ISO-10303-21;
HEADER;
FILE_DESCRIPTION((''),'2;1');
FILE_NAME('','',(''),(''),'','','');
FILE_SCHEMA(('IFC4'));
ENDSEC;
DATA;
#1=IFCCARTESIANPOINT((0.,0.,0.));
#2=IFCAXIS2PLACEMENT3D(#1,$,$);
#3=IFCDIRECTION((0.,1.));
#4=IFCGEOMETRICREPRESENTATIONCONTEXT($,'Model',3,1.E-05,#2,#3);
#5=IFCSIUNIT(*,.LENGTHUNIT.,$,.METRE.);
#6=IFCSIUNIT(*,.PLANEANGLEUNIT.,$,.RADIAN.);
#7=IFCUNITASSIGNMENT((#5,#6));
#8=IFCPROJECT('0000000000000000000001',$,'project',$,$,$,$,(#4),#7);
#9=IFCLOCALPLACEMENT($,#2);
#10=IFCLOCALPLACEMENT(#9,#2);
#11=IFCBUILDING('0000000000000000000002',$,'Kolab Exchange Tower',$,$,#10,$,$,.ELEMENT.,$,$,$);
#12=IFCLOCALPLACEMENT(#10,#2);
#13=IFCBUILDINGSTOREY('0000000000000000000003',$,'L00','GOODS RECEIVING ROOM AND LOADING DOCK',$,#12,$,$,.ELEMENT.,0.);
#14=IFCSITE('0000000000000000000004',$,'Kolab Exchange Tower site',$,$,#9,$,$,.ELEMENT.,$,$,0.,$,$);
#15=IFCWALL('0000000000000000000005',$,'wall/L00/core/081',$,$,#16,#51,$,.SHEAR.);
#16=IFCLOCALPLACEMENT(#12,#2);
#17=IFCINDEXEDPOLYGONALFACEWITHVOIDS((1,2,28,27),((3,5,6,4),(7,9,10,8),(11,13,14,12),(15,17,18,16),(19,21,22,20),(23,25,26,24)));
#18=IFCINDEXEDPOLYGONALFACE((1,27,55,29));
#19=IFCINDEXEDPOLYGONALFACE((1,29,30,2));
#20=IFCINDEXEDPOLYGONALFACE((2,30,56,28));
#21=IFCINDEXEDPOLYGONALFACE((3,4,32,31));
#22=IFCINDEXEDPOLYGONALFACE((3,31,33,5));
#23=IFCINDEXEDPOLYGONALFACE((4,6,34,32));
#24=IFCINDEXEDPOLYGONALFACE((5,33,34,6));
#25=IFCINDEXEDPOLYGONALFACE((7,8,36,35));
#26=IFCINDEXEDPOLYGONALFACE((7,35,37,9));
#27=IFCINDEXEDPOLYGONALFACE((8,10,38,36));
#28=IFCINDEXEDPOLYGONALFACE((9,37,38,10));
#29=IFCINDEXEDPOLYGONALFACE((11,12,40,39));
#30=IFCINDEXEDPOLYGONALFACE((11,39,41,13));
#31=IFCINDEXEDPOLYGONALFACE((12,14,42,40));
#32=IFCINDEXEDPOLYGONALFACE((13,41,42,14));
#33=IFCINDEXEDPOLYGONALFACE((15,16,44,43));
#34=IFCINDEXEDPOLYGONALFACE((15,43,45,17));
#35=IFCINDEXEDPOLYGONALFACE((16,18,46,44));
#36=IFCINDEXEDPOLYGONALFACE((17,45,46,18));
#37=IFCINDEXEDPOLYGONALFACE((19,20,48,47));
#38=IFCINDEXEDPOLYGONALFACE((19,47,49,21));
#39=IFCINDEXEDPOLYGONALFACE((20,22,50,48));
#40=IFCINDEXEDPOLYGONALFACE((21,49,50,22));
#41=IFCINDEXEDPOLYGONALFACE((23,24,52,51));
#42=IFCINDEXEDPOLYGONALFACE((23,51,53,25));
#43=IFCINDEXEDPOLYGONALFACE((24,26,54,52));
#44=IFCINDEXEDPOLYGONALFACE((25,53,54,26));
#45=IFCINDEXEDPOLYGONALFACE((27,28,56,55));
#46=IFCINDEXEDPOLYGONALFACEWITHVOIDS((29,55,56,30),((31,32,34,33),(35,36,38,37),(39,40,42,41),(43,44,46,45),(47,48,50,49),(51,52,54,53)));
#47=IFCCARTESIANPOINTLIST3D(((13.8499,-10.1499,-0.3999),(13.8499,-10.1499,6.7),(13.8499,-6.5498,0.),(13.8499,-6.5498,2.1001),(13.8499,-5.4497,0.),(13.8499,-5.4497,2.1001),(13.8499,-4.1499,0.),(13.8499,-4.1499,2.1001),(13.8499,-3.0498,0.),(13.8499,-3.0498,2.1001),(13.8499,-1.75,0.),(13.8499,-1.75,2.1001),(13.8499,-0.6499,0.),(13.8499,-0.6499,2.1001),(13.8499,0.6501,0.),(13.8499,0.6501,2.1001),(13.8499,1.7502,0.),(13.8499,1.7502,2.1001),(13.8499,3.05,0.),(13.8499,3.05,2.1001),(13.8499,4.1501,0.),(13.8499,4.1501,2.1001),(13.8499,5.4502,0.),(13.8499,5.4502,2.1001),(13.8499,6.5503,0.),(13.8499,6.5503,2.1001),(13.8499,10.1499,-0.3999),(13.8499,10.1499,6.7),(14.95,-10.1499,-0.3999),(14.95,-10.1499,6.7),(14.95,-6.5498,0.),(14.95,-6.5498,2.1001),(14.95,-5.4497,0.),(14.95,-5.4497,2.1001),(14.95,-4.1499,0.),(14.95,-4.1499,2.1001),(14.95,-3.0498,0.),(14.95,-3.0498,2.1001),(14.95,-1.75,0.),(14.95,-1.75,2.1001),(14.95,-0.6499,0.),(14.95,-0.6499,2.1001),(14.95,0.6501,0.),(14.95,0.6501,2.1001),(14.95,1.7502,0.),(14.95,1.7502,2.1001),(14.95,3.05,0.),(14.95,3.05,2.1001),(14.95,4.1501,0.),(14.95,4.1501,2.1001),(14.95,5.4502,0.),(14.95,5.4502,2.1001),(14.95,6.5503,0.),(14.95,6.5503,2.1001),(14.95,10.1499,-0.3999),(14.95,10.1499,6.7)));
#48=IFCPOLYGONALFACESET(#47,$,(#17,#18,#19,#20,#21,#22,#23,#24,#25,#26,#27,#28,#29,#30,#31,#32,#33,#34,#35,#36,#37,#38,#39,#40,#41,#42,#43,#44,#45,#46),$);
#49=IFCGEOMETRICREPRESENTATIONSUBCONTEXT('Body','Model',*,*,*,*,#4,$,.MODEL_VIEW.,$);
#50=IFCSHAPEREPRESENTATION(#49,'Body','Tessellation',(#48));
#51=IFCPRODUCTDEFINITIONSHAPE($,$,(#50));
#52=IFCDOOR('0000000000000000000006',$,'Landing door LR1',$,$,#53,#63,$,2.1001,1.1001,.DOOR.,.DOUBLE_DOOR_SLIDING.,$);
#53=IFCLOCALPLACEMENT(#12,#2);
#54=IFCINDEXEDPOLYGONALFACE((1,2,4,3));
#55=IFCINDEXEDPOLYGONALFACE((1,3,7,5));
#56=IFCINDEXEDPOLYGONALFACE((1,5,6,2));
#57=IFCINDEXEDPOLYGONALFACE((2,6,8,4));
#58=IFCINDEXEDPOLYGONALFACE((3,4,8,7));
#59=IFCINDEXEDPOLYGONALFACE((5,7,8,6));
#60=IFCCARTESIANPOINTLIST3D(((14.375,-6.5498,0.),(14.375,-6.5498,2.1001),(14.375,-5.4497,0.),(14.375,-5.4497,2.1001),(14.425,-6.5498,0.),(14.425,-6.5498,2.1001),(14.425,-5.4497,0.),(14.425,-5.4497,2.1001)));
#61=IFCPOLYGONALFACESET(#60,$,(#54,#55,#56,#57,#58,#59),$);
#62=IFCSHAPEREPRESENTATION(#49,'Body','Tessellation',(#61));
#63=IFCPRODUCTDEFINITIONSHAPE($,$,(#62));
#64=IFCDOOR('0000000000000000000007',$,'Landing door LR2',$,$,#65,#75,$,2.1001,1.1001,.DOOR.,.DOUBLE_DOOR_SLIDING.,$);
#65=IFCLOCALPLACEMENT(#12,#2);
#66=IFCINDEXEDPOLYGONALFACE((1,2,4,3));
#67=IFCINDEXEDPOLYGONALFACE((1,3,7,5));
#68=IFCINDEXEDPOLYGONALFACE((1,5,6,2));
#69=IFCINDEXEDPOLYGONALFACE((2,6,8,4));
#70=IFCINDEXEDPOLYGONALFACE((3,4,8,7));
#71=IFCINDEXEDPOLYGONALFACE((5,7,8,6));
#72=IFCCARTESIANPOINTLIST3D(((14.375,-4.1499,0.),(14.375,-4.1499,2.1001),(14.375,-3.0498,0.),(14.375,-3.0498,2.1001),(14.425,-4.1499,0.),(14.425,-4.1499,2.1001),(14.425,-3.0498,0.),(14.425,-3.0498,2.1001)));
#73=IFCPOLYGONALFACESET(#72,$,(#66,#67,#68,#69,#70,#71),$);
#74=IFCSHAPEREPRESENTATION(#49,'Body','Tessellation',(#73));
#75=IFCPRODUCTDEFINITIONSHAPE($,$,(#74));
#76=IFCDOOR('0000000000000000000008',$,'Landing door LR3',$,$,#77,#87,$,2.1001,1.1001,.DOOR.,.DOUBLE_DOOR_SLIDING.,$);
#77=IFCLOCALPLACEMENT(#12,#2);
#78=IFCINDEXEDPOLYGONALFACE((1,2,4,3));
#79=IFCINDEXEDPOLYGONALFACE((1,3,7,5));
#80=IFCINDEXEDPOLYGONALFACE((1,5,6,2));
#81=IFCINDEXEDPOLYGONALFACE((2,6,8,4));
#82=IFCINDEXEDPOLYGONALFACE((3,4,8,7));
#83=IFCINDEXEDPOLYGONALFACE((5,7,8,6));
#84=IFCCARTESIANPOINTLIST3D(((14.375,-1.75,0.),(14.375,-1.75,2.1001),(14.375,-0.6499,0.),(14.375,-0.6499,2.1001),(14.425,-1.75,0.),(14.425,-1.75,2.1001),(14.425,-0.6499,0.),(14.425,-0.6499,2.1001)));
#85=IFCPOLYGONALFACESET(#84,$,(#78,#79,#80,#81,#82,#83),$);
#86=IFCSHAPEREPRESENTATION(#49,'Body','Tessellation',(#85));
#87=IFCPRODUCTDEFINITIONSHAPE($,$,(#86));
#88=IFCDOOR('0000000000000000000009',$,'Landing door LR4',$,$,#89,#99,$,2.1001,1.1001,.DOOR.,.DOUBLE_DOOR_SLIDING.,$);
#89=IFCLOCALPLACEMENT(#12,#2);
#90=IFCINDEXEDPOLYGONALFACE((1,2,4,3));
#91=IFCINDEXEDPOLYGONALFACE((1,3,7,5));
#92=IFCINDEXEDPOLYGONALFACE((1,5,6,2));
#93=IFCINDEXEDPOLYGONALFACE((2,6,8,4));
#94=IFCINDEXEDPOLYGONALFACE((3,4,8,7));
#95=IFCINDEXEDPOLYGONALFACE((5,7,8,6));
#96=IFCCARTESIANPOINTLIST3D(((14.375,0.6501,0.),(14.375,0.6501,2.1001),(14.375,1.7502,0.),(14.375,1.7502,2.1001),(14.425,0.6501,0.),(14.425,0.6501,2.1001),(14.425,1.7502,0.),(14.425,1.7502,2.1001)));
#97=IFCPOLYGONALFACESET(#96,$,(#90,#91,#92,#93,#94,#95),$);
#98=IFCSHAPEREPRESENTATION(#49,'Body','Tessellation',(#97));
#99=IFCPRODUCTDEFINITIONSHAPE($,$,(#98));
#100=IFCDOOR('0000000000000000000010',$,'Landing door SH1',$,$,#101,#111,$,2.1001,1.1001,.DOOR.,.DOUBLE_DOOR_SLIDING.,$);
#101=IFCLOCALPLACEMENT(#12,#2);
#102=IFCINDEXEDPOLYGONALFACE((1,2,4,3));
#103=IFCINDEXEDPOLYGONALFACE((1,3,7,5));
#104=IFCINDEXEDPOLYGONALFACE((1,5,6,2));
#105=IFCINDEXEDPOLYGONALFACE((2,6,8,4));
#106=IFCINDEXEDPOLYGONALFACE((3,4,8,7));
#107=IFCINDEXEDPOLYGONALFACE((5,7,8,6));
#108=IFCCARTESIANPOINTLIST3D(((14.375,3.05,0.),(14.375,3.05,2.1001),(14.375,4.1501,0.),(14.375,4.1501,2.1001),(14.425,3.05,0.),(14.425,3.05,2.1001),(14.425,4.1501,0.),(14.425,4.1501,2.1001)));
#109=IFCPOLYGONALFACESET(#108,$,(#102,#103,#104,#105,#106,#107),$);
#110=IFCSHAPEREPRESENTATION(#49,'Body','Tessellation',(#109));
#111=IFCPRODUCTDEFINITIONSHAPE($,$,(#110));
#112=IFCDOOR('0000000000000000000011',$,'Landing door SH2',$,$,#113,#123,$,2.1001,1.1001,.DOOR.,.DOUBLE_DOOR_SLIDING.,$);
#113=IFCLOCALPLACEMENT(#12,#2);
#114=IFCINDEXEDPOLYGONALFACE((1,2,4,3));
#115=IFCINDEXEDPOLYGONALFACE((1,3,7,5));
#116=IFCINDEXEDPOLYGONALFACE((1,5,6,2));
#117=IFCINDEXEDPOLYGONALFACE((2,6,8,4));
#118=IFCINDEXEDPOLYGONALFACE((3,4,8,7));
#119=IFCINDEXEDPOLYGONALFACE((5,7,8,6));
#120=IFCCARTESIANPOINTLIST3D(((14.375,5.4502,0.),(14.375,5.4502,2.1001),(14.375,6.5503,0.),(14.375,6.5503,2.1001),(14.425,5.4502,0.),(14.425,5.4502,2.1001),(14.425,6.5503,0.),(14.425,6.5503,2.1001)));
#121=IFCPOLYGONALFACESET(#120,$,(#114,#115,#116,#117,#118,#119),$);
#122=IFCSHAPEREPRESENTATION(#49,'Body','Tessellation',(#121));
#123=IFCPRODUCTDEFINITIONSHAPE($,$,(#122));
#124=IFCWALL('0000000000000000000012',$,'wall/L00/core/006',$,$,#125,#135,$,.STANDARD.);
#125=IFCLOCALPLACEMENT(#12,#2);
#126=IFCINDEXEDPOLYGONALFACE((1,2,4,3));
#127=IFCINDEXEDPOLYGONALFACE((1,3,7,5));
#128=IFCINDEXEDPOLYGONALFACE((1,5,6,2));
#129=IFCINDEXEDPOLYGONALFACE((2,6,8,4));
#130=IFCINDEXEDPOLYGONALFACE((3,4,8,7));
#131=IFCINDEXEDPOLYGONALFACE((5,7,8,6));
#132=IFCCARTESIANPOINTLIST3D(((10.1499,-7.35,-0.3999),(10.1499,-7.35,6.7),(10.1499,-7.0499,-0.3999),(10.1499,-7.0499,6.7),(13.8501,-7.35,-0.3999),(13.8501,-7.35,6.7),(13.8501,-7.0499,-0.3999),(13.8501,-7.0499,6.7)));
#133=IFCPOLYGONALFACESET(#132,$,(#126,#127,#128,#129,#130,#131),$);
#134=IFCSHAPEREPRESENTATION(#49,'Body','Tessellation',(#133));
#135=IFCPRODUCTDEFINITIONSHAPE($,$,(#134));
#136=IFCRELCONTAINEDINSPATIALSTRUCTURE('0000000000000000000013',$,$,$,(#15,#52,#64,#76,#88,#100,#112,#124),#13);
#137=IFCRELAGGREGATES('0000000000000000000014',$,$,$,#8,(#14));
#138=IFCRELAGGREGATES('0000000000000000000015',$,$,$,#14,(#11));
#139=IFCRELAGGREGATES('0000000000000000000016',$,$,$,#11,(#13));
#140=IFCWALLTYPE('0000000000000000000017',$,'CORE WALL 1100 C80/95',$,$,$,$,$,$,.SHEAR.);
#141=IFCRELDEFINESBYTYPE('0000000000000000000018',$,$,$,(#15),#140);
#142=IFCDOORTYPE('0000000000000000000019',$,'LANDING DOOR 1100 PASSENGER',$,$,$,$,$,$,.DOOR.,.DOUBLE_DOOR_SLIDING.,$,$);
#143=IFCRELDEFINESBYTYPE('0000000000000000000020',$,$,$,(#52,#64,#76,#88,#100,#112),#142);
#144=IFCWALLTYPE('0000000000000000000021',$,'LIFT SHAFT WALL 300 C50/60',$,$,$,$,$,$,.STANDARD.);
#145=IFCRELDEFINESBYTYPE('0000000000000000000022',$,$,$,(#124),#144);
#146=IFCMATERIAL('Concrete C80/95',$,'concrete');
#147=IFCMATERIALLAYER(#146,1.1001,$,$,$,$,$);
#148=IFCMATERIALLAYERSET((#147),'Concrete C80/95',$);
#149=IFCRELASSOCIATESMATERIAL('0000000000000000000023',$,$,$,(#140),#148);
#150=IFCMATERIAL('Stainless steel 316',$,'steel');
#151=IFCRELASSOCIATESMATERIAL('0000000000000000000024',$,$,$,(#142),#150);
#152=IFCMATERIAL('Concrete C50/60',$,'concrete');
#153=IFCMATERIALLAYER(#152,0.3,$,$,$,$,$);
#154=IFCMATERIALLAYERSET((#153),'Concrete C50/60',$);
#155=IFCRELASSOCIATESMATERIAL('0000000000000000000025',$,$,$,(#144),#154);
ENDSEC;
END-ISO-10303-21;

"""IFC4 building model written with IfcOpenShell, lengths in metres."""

from ifc_helpers import new_model, si_unit, direction, frame, frame_2d, origin, place, context, subcontext, project, spatial, rectangle, extrude, material, layer, layer_set, type_object, element, fill, save


model = new_model("IFC4")

# Units and contexts
model_context = context("Model", 3, precision=1e-05, world=origin(), true_north=direction((0.0, 1.0)))
body_context = subcontext(model_context, "Body", "Model", "MODEL_VIEW")
ifc_project = project(units=[si_unit("LENGTHUNIT", "METRE"), si_unit("PLANEANGLEUNIT", "RADIAN")], contexts=[model_context])

# Site, building, storey
site_placement = place(None, origin())
site = spatial("IfcSite", under=ifc_project, at=site_placement, Name="Kolab Exchange Tower site", CompositionType="ELEMENT", RefElevation=0.0)
building_placement = place(site_placement, origin())
building = spatial("IfcBuilding", under=site, at=building_placement, Name="Kolab Exchange Tower", CompositionType="ELEMENT")
storey_placement = place(building_placement, origin())
storey = spatial("IfcBuildingStorey", under=building, at=storey_placement, Name="L00", Description="GOODS RECEIVING ROOM AND LOADING DOCK", CompositionType="ELEMENT", Elevation=0.0)

# Shared definitions
ifc_material_1 = material(Name="Concrete C80/95", Category="concrete")
ifc_layer_1 = layer(ifc_material_1, 1.1001)
ifc_layer_set_1 = layer_set([ifc_layer_1], Name="Concrete C80/95")
wall_type_1 = type_object("IfcWallType", Name="CORE WALL 1100 C80/95", PredefinedType="SHEAR", material=ifc_layer_set_1)

# Wall, openings, doors
wall_1_placement = place(storey_placement, frame((14.3999, -10.1499, -0.3999), z_axis=(0.0, 0.0, 1.0), x_axis=(0.0, 1.0, 0.0)))
wall_1 = element("IfcWall", 1, at=wall_1_placement, inside=storey, type_object=wall_type_1, Name="wall/L00/core/081", PredefinedType="SHEAR", context=body_context, shape_type="SweptSolid", body=[
    extrude(rectangle(XDim=20.2998, YDim=1.1001, at=frame_2d((10.1499, 0.0))), origin(), (0.0, 0.0, 1.0), 7.0999),
])
opening_1_placement = place(wall_1_placement, frame((3.6001, 0.0, 0.3999)))
opening_1 = element("IfcOpeningElement", 2, at=opening_1_placement, cuts=wall_1, PredefinedType="OPENING", context=body_context, shape_type="SweptSolid", body=[
    extrude(rectangle(XDim=1.1001, YDim=2.1001, at=frame_2d((0.55, 1.05))), frame((0.0, 0.5601, 0.0), z_axis=(0.0, -1.0, 0.0), x_axis=(1.0, 0.0, 0.0)), (0.0, 0.0, 1.0), 1.1201),
])
opening_2_placement = place(wall_1_placement, frame((6.0, 0.0, 0.3999)))
opening_2 = element("IfcOpeningElement", 3, at=opening_2_placement, cuts=wall_1, PredefinedType="OPENING", context=body_context, shape_type="SweptSolid", body=[
    extrude(rectangle(XDim=1.1001, YDim=2.1001, at=frame_2d((0.55, 1.05))), frame((0.0, 0.5601, 0.0), z_axis=(0.0, -1.0, 0.0), x_axis=(1.0, 0.0, 0.0)), (0.0, 0.0, 1.0), 1.1201),
])
opening_3_placement = place(wall_1_placement, frame((8.3999, 0.0, 0.3999)))
opening_3 = element("IfcOpeningElement", 4, at=opening_3_placement, cuts=wall_1, PredefinedType="OPENING", context=body_context, shape_type="SweptSolid", body=[
    extrude(rectangle(XDim=1.1001, YDim=2.1001, at=frame_2d((0.55, 1.05))), frame((0.0, 0.5601, 0.0), z_axis=(0.0, -1.0, 0.0), x_axis=(1.0, 0.0, 0.0)), (0.0, 0.0, 1.0), 1.1201),
])
opening_4_placement = place(wall_1_placement, frame((10.8, 0.0, 0.3999)))
opening_4 = element("IfcOpeningElement", 5, at=opening_4_placement, cuts=wall_1, PredefinedType="OPENING", context=body_context, shape_type="SweptSolid", body=[
    extrude(rectangle(XDim=1.1001, YDim=2.1001, at=frame_2d((0.55, 1.05))), frame((0.0, 0.5601, 0.0), z_axis=(0.0, -1.0, 0.0), x_axis=(1.0, 0.0, 0.0)), (0.0, 0.0, 1.0), 1.1201),
])
opening_5_placement = place(wall_1_placement, frame((13.2, 0.0, 0.3999)))
opening_5 = element("IfcOpeningElement", 6, at=opening_5_placement, cuts=wall_1, PredefinedType="OPENING", context=body_context, shape_type="SweptSolid", body=[
    extrude(rectangle(XDim=1.1001, YDim=2.1001, at=frame_2d((0.55, 1.05))), frame((0.0, 0.5601, 0.0), z_axis=(0.0, -1.0, 0.0), x_axis=(1.0, 0.0, 0.0)), (0.0, 0.0, 1.0), 1.1201),
])
opening_6_placement = place(wall_1_placement, frame((15.6001, 0.0, 0.3999)))
opening_6 = element("IfcOpeningElement", 7, at=opening_6_placement, cuts=wall_1, PredefinedType="OPENING", context=body_context, shape_type="SweptSolid", body=[
    extrude(rectangle(XDim=1.1001, YDim=2.1001, at=frame_2d((0.55, 1.05))), frame((0.0, 0.5601, 0.0), z_axis=(0.0, -1.0, 0.0), x_axis=(1.0, 0.0, 0.0)), (0.0, 0.0, 1.0), 1.1201),
])
ifc_material_2 = material(Name="Stainless steel 316", Category="steel")
door_type_1 = type_object("IfcDoorType", Name="LANDING DOOR 1100 PASSENGER", OperationType="DOUBLE_DOOR_SLIDING", PredefinedType="DOOR", material=ifc_material_2)
door_1_placement = place(opening_1_placement, origin())
door_1 = element("IfcDoor", 8, at=door_1_placement, inside=storey, type_object=door_type_1, Name="Landing door LR1", OperationType="DOUBLE_DOOR_SLIDING", OverallHeight=2.1001, OverallWidth=1.1001, PredefinedType="DOOR", context=body_context, shape_type="SweptSolid", body=[
    extrude(rectangle(XDim=1.1001, YDim=2.1001, at=frame_2d((0.55, 1.05))), frame((0.0, 0.0249, 0.0), z_axis=(0.0, -1.0, 0.0), x_axis=(1.0, 0.0, 0.0)), (0.0, 0.0, 1.0), 0.05),
])
fill(opening_1, door_1)
door_2_placement = place(opening_2_placement, origin())
door_2 = element("IfcDoor", 9, at=door_2_placement, inside=storey, type_object=door_type_1, Name="Landing door LR2", OperationType="DOUBLE_DOOR_SLIDING", OverallHeight=2.1001, OverallWidth=1.1001, PredefinedType="DOOR", context=body_context, shape_type="SweptSolid", body=[
    extrude(rectangle(XDim=1.1001, YDim=2.1001, at=frame_2d((0.55, 1.05))), frame((0.0, 0.0249, 0.0), z_axis=(0.0, -1.0, 0.0), x_axis=(1.0, 0.0, 0.0)), (0.0, 0.0, 1.0), 0.05),
])
fill(opening_2, door_2)
door_3_placement = place(opening_3_placement, origin())
door_3 = element("IfcDoor", 10, at=door_3_placement, inside=storey, type_object=door_type_1, Name="Landing door LR3", OperationType="DOUBLE_DOOR_SLIDING", OverallHeight=2.1001, OverallWidth=1.1001, PredefinedType="DOOR", context=body_context, shape_type="SweptSolid", body=[
    extrude(rectangle(XDim=1.1001, YDim=2.1001, at=frame_2d((0.55, 1.05))), frame((0.0, 0.0249, 0.0), z_axis=(0.0, -1.0, 0.0), x_axis=(1.0, 0.0, 0.0)), (0.0, 0.0, 1.0), 0.05),
])
fill(opening_3, door_3)
door_4_placement = place(opening_4_placement, origin())
door_4 = element("IfcDoor", 11, at=door_4_placement, inside=storey, type_object=door_type_1, Name="Landing door LR4", OperationType="DOUBLE_DOOR_SLIDING", OverallHeight=2.1001, OverallWidth=1.1001, PredefinedType="DOOR", context=body_context, shape_type="SweptSolid", body=[
    extrude(rectangle(XDim=1.1001, YDim=2.1001, at=frame_2d((0.55, 1.05))), frame((0.0, 0.0249, 0.0), z_axis=(0.0, -1.0, 0.0), x_axis=(1.0, 0.0, 0.0)), (0.0, 0.0, 1.0), 0.05),
])
fill(opening_4, door_4)
door_5_placement = place(opening_5_placement, origin())
door_5 = element("IfcDoor", 12, at=door_5_placement, inside=storey, type_object=door_type_1, Name="Landing door SH1", OperationType="DOUBLE_DOOR_SLIDING", OverallHeight=2.1001, OverallWidth=1.1001, PredefinedType="DOOR", context=body_context, shape_type="SweptSolid", body=[
    extrude(rectangle(XDim=1.1001, YDim=2.1001, at=frame_2d((0.55, 1.05))), frame((0.0, 0.0249, 0.0), z_axis=(0.0, -1.0, 0.0), x_axis=(1.0, 0.0, 0.0)), (0.0, 0.0, 1.0), 0.05),
])
fill(opening_5, door_5)
door_6_placement = place(opening_6_placement, origin())
door_6 = element("IfcDoor", 13, at=door_6_placement, inside=storey, type_object=door_type_1, Name="Landing door SH2", OperationType="DOUBLE_DOOR_SLIDING", OverallHeight=2.1001, OverallWidth=1.1001, PredefinedType="DOOR", context=body_context, shape_type="SweptSolid", body=[
    extrude(rectangle(XDim=1.1001, YDim=2.1001, at=frame_2d((0.55, 1.05))), frame((0.0, 0.0249, 0.0), z_axis=(0.0, -1.0, 0.0), x_axis=(1.0, 0.0, 0.0)), (0.0, 0.0, 1.0), 0.05),
])
fill(opening_6, door_6)

# Wall
ifc_material_3 = material(Name="Concrete C50/60", Category="concrete")
ifc_layer_2 = layer(ifc_material_3, 0.3)
ifc_layer_set_2 = layer_set([ifc_layer_2], Name="Concrete C50/60")
wall_type_2 = type_object("IfcWallType", Name="LIFT SHAFT WALL 300 C50/60", PredefinedType="STANDARD", material=ifc_layer_set_2)
wall_2_placement = place(storey_placement, frame((10.1499, -7.2, -0.3999), z_axis=(0.0, 0.0, 1.0), x_axis=(1.0, 0.0, 0.0)))
element("IfcWall", 14, at=wall_2_placement, inside=storey, type_object=wall_type_2, Name="wall/L00/core/006", PredefinedType="STANDARD", context=body_context, shape_type="SweptSolid", body=[
    extrude(rectangle(XDim=3.7002, YDim=0.3, at=frame_2d((1.8501, 0.0))), origin(), (0.0, 0.0, 1.0), 7.0999),
])

save(model, "model.ifc")
